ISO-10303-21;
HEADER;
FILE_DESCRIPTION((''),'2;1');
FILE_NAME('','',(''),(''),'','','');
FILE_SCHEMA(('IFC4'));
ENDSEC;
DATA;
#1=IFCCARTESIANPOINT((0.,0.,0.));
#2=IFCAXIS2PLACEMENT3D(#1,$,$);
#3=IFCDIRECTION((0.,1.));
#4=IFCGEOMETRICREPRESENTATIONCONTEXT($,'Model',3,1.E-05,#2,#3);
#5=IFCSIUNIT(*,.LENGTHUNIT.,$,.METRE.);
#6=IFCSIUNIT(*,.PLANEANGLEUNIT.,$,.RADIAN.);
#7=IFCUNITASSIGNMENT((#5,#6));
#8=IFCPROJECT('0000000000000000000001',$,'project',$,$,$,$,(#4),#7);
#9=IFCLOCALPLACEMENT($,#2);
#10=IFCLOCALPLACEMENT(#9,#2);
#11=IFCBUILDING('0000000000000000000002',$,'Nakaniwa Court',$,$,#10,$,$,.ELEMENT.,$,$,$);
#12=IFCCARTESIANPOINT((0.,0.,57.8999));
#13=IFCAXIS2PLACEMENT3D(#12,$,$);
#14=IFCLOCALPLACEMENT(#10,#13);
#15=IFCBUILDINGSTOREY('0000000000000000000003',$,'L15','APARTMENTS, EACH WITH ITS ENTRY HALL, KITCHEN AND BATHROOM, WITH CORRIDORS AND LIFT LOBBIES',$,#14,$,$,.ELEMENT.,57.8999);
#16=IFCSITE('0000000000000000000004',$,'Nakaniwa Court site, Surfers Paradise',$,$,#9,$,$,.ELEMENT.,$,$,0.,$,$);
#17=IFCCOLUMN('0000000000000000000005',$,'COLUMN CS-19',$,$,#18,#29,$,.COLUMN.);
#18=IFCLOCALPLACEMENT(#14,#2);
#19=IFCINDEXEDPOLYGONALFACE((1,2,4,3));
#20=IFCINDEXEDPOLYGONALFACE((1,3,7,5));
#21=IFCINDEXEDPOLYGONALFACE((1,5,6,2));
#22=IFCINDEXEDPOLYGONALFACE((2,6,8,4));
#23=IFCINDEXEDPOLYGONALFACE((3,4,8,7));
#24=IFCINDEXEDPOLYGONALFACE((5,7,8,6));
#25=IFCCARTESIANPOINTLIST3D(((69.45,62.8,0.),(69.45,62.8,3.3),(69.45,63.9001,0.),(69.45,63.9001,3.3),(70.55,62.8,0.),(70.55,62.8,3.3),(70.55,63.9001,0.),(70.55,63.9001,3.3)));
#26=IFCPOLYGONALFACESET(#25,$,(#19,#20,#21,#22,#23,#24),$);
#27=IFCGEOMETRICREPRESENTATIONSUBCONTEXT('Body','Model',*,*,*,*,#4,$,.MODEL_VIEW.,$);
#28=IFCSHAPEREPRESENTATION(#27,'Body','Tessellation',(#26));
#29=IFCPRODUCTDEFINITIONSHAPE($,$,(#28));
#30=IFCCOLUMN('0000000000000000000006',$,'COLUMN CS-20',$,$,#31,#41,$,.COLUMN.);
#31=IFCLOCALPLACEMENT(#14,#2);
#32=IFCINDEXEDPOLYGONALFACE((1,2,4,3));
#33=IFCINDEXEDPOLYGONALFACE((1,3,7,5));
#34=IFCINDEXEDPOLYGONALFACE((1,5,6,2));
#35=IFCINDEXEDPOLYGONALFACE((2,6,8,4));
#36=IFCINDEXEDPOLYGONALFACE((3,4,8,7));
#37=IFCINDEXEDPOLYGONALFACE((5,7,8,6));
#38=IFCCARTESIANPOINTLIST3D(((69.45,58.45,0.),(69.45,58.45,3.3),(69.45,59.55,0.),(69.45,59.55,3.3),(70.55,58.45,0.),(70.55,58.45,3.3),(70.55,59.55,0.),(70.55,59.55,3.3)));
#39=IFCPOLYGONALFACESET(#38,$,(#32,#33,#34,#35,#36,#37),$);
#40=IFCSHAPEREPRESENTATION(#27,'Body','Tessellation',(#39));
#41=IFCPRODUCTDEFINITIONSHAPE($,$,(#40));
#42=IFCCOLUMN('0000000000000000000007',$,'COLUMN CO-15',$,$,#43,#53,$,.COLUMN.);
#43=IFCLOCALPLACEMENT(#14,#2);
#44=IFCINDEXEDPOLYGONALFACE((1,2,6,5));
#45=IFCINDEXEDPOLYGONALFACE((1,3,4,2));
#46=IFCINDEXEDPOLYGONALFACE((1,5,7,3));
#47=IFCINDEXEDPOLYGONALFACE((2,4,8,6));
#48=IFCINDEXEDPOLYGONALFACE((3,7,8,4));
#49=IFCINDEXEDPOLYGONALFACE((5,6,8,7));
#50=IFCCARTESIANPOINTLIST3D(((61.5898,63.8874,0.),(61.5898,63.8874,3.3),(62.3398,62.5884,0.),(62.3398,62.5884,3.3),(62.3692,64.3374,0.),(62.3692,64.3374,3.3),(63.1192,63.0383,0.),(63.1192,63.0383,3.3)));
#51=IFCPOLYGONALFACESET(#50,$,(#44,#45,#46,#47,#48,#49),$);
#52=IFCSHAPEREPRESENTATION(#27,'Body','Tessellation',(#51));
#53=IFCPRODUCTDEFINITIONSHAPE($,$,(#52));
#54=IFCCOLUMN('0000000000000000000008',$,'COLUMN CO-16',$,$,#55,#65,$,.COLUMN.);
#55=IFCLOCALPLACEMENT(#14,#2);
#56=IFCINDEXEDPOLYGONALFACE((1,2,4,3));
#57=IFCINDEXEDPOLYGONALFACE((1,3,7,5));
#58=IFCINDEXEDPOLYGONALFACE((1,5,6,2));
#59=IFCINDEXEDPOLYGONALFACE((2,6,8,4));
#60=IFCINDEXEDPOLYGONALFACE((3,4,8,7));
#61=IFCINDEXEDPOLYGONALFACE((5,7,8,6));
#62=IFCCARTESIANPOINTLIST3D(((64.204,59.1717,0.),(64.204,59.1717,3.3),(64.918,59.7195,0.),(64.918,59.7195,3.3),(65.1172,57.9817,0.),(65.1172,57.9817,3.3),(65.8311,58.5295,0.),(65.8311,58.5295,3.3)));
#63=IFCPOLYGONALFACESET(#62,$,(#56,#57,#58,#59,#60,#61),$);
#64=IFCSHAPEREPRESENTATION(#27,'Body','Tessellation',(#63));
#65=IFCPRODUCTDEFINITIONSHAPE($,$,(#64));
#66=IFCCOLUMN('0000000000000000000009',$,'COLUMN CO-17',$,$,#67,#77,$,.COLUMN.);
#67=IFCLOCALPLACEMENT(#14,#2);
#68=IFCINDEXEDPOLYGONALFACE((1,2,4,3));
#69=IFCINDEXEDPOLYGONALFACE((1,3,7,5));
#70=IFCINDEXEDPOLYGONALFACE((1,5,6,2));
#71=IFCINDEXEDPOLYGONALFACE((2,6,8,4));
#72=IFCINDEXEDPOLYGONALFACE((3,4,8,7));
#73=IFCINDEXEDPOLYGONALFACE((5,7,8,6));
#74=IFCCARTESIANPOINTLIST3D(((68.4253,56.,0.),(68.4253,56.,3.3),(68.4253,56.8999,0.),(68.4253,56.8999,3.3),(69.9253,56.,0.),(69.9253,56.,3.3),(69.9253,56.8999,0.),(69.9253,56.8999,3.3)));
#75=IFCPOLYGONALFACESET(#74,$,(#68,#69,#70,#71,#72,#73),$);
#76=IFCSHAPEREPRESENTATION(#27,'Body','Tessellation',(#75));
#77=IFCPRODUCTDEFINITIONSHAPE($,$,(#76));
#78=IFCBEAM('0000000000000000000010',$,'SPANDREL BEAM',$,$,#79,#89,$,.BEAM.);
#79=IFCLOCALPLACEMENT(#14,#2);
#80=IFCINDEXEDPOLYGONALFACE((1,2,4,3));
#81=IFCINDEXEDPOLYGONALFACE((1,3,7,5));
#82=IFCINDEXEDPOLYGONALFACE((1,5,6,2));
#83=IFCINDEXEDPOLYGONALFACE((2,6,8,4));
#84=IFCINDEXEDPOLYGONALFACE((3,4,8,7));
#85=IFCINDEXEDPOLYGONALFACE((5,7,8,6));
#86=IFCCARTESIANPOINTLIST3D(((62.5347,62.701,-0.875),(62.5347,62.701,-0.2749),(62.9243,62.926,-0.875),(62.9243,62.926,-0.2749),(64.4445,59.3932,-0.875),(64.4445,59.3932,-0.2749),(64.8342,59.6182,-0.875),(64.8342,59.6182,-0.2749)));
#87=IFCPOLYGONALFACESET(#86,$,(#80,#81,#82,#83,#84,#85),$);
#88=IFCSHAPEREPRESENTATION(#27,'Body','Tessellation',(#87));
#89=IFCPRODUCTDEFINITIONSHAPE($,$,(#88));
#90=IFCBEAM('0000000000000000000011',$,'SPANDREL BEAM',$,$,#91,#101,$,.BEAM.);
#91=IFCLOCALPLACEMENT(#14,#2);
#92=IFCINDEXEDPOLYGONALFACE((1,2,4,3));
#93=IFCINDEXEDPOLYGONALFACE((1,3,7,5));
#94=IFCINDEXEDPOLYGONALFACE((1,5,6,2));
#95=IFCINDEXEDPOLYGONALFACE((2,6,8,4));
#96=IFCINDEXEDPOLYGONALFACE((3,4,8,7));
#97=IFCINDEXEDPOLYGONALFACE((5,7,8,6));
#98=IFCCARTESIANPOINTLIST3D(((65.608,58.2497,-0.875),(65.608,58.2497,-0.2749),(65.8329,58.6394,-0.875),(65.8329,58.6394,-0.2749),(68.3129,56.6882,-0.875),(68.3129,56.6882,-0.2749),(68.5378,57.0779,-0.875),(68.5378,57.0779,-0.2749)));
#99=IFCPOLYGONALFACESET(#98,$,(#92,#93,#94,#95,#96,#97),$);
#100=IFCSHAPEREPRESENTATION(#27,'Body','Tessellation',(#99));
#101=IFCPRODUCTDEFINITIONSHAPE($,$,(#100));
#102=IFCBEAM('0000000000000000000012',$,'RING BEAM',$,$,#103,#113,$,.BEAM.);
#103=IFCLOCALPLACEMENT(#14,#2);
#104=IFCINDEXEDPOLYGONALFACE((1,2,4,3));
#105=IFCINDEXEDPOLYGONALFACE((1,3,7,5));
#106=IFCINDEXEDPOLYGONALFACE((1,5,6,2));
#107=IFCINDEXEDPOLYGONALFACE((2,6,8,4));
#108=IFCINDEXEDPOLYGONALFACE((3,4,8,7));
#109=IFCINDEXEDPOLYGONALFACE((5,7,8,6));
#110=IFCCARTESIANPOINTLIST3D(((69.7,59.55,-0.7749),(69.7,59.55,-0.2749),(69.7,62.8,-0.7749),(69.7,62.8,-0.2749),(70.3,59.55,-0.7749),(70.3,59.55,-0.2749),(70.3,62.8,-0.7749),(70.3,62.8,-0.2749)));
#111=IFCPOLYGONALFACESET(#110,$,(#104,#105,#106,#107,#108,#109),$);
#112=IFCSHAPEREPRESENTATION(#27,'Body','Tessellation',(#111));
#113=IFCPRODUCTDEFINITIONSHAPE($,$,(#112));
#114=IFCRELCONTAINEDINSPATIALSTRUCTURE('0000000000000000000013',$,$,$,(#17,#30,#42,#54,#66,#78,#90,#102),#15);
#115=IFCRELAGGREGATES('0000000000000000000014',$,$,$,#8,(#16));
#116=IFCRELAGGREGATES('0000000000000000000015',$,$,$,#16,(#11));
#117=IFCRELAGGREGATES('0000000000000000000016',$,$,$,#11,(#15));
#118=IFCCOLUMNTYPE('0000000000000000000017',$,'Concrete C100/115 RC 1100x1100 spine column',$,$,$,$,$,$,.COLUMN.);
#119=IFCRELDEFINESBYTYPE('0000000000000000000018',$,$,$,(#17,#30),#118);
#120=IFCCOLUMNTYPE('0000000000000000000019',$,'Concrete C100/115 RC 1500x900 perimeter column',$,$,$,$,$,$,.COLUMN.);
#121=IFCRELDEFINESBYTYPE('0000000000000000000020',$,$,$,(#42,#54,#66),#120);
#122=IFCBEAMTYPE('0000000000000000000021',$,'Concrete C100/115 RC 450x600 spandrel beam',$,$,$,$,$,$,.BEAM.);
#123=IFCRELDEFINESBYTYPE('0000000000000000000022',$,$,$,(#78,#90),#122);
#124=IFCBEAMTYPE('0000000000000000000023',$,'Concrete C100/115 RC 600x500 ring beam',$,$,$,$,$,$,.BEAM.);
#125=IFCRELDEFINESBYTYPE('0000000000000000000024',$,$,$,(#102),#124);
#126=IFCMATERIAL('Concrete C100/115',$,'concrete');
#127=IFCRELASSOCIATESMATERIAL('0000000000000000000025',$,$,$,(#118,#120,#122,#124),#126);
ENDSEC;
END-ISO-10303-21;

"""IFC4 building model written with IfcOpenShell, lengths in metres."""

from ifc_helpers import new_model, si_unit, direction, frame, origin, origin_2d, place, context, subcontext, project, spatial, rectangle, extrude, material, material_profile, profile_set, type_object, element, save


model = new_model("IFC4")

# Units and contexts
model_context = context("Model", 3, precision=1e-05, world=origin(), true_north=direction((0.0, 1.0)))
body_context = subcontext(model_context, "Body", "Model", "MODEL_VIEW")
ifc_project = project(units=[si_unit("LENGTHUNIT", "METRE"), si_unit("PLANEANGLEUNIT", "RADIAN")], contexts=[model_context])

# Site, building, storey
site_placement = place(None, origin())
site = spatial("IfcSite", under=ifc_project, at=site_placement, Name="Nakaniwa Court site, Surfers Paradise", CompositionType="ELEMENT", RefElevation=0.0)
building_placement = place(site_placement, origin())
building = spatial("IfcBuilding", under=site, at=building_placement, Name="Nakaniwa Court", CompositionType="ELEMENT")
storey_placement = place(building_placement, frame((0.0, 0.0, 57.8999)))
storey = spatial("IfcBuildingStorey", under=building, at=storey_placement, Name="L15", Description="APARTMENTS, EACH WITH ITS ENTRY HALL, KITCHEN AND BATHROOM, WITH CORRIDORS AND LIFT LOBBIES", CompositionType="ELEMENT", Elevation=57.8999)

# Columns
ifc_material_1 = material(Name="Concrete C100/115", Category="concrete")
ifc_material_profile_1 = material_profile(ifc_material_1, rectangle(XDim=1.1001, YDim=1.1001, at=origin_2d()), Name="Concrete C100/115 RC 1100x1100 spine column")
ifc_profile_set_1 = profile_set([ifc_material_profile_1], Name="Concrete C100/115")
column_type_1 = type_object("IfcColumnType", Name="Concrete C100/115 RC 1100x1100 spine column", PredefinedType="COLUMN", material=ifc_profile_set_1)
for number, where, z_axis, x_axis, name in (
    (1, (70.0, 63.3501, 0.0), (0.0, 0.0, 1.0), (0.0, -1.0, 0.0), "COLUMN CS-19"),
    (2, (70.0, 59.0, 0.0), (0.0, 0.0, 1.0), (0.0, -1.0, 0.0), "COLUMN CS-20"),
):
    element("IfcColumn", number, at=place(storey_placement, frame(where, z_axis=z_axis, x_axis=x_axis)), inside=storey, type_object=column_type_1, Name=name, PredefinedType="COLUMN", context=body_context, shape_type="SweptSolid", body=[
        extrude(rectangle(XDim=1.1001, YDim=1.1001, at=origin_2d()), origin(), (0.0, 0.0, 1.0), 3.3),
    ])
ifc_material_profile_2 = material_profile(ifc_material_1, rectangle(XDim=1.5, YDim=0.8999, at=origin_2d()), Name="Concrete C100/115 RC 1500x900 perimeter column")
ifc_profile_set_2 = profile_set([ifc_material_profile_2], Name="Concrete C100/115")
column_type_2 = type_object("IfcColumnType", Name="Concrete C100/115 RC 1500x900 perimeter column", PredefinedType="COLUMN", material=ifc_profile_set_2)
for number, where, z_axis, x_axis, name in (
    (3, (62.3545, 63.4629, 0.0), (0.0, 0.0, 1.0), (0.5, -0.866025, 0.0), "COLUMN CO-15"),
    (4, (65.0176, 58.8506, 0.0), (0.0, 0.0, 1.0), (0.608761, -0.793353, 0.0), "COLUMN CO-16"),
    (5, (69.1753, 56.45, 0.0), (0.0, 0.0, 1.0), (1.0, 0.0, 0.0), "COLUMN CO-17"),
):
    element("IfcColumn", number, at=place(storey_placement, frame(where, z_axis=z_axis, x_axis=x_axis)), inside=storey, type_object=column_type_2, Name=name, PredefinedType="COLUMN", context=body_context, shape_type="SweptSolid", body=[
        extrude(rectangle(XDim=1.5, YDim=0.8999, at=origin_2d()), origin(), (0.0, 0.0, 1.0), 3.3),
    ])

# Beams
ifc_material_profile_3 = material_profile(ifc_material_1, rectangle(XDim=0.45, YDim=0.6001, at=origin_2d()), Name="Concrete C100/115 RC 450x600 spandrel beam")
ifc_profile_set_3 = profile_set([ifc_material_profile_3], Name="Concrete C100/115")
beam_type_1 = type_object("IfcBeamType", Name="Concrete C100/115 RC 450x600 spandrel beam", PredefinedType="BEAM", material=ifc_profile_set_3)
beam_1_placement = place(storey_placement, frame((62.7295, 62.8135, -0.575), z_axis=(0.500023, -0.866012, 0.0), x_axis=(0.866012, 0.500023, 0.0)))
element("IfcBeam", 6, at=beam_1_placement, inside=storey, type_object=beam_type_1, Name="SPANDREL BEAM", PredefinedType="BEAM", context=body_context, shape_type="SweptSolid", body=[
    extrude(rectangle(XDim=0.45, YDim=0.6001, at=origin_2d()), origin(), (0.0, 0.0, 1.0), 3.8196),
])
beam_2_placement = place(storey_placement, frame((65.7205, 58.4446, -0.575), z_axis=(0.866041, -0.499973, 0.0), x_axis=(0.499973, 0.866041, 0.0)))
element("IfcBeam", 7, at=beam_2_placement, inside=storey, type_object=beam_type_1, Name="SPANDREL BEAM", PredefinedType="BEAM", context=body_context, shape_type="SweptSolid", body=[
    extrude(rectangle(XDim=0.45, YDim=0.6001, at=origin_2d()), origin(), (0.0, 0.0, 1.0), 3.1233),
])
ifc_material_profile_4 = material_profile(ifc_material_1, rectangle(XDim=0.6001, YDim=0.5, at=origin_2d()), Name="Concrete C100/115 RC 600x500 ring beam")
ifc_profile_set_4 = profile_set([ifc_material_profile_4], Name="Concrete C100/115")
beam_type_2 = type_object("IfcBeamType", Name="Concrete C100/115 RC 600x500 ring beam", PredefinedType="BEAM", material=ifc_profile_set_4)
beam_3_placement = place(storey_placement, frame((70.0, 62.8, -0.5249), z_axis=(0.0, -1.0, 0.0), x_axis=(1.0, 0.0, 0.0)))
element("IfcBeam", 8, at=beam_3_placement, inside=storey, type_object=beam_type_2, Name="RING BEAM", PredefinedType="BEAM", context=body_context, shape_type="SweptSolid", body=[
    extrude(rectangle(XDim=0.6001, YDim=0.5, at=origin_2d()), origin(), (0.0, 0.0, 1.0), 3.25),
])

save(model, "model.ifc")
